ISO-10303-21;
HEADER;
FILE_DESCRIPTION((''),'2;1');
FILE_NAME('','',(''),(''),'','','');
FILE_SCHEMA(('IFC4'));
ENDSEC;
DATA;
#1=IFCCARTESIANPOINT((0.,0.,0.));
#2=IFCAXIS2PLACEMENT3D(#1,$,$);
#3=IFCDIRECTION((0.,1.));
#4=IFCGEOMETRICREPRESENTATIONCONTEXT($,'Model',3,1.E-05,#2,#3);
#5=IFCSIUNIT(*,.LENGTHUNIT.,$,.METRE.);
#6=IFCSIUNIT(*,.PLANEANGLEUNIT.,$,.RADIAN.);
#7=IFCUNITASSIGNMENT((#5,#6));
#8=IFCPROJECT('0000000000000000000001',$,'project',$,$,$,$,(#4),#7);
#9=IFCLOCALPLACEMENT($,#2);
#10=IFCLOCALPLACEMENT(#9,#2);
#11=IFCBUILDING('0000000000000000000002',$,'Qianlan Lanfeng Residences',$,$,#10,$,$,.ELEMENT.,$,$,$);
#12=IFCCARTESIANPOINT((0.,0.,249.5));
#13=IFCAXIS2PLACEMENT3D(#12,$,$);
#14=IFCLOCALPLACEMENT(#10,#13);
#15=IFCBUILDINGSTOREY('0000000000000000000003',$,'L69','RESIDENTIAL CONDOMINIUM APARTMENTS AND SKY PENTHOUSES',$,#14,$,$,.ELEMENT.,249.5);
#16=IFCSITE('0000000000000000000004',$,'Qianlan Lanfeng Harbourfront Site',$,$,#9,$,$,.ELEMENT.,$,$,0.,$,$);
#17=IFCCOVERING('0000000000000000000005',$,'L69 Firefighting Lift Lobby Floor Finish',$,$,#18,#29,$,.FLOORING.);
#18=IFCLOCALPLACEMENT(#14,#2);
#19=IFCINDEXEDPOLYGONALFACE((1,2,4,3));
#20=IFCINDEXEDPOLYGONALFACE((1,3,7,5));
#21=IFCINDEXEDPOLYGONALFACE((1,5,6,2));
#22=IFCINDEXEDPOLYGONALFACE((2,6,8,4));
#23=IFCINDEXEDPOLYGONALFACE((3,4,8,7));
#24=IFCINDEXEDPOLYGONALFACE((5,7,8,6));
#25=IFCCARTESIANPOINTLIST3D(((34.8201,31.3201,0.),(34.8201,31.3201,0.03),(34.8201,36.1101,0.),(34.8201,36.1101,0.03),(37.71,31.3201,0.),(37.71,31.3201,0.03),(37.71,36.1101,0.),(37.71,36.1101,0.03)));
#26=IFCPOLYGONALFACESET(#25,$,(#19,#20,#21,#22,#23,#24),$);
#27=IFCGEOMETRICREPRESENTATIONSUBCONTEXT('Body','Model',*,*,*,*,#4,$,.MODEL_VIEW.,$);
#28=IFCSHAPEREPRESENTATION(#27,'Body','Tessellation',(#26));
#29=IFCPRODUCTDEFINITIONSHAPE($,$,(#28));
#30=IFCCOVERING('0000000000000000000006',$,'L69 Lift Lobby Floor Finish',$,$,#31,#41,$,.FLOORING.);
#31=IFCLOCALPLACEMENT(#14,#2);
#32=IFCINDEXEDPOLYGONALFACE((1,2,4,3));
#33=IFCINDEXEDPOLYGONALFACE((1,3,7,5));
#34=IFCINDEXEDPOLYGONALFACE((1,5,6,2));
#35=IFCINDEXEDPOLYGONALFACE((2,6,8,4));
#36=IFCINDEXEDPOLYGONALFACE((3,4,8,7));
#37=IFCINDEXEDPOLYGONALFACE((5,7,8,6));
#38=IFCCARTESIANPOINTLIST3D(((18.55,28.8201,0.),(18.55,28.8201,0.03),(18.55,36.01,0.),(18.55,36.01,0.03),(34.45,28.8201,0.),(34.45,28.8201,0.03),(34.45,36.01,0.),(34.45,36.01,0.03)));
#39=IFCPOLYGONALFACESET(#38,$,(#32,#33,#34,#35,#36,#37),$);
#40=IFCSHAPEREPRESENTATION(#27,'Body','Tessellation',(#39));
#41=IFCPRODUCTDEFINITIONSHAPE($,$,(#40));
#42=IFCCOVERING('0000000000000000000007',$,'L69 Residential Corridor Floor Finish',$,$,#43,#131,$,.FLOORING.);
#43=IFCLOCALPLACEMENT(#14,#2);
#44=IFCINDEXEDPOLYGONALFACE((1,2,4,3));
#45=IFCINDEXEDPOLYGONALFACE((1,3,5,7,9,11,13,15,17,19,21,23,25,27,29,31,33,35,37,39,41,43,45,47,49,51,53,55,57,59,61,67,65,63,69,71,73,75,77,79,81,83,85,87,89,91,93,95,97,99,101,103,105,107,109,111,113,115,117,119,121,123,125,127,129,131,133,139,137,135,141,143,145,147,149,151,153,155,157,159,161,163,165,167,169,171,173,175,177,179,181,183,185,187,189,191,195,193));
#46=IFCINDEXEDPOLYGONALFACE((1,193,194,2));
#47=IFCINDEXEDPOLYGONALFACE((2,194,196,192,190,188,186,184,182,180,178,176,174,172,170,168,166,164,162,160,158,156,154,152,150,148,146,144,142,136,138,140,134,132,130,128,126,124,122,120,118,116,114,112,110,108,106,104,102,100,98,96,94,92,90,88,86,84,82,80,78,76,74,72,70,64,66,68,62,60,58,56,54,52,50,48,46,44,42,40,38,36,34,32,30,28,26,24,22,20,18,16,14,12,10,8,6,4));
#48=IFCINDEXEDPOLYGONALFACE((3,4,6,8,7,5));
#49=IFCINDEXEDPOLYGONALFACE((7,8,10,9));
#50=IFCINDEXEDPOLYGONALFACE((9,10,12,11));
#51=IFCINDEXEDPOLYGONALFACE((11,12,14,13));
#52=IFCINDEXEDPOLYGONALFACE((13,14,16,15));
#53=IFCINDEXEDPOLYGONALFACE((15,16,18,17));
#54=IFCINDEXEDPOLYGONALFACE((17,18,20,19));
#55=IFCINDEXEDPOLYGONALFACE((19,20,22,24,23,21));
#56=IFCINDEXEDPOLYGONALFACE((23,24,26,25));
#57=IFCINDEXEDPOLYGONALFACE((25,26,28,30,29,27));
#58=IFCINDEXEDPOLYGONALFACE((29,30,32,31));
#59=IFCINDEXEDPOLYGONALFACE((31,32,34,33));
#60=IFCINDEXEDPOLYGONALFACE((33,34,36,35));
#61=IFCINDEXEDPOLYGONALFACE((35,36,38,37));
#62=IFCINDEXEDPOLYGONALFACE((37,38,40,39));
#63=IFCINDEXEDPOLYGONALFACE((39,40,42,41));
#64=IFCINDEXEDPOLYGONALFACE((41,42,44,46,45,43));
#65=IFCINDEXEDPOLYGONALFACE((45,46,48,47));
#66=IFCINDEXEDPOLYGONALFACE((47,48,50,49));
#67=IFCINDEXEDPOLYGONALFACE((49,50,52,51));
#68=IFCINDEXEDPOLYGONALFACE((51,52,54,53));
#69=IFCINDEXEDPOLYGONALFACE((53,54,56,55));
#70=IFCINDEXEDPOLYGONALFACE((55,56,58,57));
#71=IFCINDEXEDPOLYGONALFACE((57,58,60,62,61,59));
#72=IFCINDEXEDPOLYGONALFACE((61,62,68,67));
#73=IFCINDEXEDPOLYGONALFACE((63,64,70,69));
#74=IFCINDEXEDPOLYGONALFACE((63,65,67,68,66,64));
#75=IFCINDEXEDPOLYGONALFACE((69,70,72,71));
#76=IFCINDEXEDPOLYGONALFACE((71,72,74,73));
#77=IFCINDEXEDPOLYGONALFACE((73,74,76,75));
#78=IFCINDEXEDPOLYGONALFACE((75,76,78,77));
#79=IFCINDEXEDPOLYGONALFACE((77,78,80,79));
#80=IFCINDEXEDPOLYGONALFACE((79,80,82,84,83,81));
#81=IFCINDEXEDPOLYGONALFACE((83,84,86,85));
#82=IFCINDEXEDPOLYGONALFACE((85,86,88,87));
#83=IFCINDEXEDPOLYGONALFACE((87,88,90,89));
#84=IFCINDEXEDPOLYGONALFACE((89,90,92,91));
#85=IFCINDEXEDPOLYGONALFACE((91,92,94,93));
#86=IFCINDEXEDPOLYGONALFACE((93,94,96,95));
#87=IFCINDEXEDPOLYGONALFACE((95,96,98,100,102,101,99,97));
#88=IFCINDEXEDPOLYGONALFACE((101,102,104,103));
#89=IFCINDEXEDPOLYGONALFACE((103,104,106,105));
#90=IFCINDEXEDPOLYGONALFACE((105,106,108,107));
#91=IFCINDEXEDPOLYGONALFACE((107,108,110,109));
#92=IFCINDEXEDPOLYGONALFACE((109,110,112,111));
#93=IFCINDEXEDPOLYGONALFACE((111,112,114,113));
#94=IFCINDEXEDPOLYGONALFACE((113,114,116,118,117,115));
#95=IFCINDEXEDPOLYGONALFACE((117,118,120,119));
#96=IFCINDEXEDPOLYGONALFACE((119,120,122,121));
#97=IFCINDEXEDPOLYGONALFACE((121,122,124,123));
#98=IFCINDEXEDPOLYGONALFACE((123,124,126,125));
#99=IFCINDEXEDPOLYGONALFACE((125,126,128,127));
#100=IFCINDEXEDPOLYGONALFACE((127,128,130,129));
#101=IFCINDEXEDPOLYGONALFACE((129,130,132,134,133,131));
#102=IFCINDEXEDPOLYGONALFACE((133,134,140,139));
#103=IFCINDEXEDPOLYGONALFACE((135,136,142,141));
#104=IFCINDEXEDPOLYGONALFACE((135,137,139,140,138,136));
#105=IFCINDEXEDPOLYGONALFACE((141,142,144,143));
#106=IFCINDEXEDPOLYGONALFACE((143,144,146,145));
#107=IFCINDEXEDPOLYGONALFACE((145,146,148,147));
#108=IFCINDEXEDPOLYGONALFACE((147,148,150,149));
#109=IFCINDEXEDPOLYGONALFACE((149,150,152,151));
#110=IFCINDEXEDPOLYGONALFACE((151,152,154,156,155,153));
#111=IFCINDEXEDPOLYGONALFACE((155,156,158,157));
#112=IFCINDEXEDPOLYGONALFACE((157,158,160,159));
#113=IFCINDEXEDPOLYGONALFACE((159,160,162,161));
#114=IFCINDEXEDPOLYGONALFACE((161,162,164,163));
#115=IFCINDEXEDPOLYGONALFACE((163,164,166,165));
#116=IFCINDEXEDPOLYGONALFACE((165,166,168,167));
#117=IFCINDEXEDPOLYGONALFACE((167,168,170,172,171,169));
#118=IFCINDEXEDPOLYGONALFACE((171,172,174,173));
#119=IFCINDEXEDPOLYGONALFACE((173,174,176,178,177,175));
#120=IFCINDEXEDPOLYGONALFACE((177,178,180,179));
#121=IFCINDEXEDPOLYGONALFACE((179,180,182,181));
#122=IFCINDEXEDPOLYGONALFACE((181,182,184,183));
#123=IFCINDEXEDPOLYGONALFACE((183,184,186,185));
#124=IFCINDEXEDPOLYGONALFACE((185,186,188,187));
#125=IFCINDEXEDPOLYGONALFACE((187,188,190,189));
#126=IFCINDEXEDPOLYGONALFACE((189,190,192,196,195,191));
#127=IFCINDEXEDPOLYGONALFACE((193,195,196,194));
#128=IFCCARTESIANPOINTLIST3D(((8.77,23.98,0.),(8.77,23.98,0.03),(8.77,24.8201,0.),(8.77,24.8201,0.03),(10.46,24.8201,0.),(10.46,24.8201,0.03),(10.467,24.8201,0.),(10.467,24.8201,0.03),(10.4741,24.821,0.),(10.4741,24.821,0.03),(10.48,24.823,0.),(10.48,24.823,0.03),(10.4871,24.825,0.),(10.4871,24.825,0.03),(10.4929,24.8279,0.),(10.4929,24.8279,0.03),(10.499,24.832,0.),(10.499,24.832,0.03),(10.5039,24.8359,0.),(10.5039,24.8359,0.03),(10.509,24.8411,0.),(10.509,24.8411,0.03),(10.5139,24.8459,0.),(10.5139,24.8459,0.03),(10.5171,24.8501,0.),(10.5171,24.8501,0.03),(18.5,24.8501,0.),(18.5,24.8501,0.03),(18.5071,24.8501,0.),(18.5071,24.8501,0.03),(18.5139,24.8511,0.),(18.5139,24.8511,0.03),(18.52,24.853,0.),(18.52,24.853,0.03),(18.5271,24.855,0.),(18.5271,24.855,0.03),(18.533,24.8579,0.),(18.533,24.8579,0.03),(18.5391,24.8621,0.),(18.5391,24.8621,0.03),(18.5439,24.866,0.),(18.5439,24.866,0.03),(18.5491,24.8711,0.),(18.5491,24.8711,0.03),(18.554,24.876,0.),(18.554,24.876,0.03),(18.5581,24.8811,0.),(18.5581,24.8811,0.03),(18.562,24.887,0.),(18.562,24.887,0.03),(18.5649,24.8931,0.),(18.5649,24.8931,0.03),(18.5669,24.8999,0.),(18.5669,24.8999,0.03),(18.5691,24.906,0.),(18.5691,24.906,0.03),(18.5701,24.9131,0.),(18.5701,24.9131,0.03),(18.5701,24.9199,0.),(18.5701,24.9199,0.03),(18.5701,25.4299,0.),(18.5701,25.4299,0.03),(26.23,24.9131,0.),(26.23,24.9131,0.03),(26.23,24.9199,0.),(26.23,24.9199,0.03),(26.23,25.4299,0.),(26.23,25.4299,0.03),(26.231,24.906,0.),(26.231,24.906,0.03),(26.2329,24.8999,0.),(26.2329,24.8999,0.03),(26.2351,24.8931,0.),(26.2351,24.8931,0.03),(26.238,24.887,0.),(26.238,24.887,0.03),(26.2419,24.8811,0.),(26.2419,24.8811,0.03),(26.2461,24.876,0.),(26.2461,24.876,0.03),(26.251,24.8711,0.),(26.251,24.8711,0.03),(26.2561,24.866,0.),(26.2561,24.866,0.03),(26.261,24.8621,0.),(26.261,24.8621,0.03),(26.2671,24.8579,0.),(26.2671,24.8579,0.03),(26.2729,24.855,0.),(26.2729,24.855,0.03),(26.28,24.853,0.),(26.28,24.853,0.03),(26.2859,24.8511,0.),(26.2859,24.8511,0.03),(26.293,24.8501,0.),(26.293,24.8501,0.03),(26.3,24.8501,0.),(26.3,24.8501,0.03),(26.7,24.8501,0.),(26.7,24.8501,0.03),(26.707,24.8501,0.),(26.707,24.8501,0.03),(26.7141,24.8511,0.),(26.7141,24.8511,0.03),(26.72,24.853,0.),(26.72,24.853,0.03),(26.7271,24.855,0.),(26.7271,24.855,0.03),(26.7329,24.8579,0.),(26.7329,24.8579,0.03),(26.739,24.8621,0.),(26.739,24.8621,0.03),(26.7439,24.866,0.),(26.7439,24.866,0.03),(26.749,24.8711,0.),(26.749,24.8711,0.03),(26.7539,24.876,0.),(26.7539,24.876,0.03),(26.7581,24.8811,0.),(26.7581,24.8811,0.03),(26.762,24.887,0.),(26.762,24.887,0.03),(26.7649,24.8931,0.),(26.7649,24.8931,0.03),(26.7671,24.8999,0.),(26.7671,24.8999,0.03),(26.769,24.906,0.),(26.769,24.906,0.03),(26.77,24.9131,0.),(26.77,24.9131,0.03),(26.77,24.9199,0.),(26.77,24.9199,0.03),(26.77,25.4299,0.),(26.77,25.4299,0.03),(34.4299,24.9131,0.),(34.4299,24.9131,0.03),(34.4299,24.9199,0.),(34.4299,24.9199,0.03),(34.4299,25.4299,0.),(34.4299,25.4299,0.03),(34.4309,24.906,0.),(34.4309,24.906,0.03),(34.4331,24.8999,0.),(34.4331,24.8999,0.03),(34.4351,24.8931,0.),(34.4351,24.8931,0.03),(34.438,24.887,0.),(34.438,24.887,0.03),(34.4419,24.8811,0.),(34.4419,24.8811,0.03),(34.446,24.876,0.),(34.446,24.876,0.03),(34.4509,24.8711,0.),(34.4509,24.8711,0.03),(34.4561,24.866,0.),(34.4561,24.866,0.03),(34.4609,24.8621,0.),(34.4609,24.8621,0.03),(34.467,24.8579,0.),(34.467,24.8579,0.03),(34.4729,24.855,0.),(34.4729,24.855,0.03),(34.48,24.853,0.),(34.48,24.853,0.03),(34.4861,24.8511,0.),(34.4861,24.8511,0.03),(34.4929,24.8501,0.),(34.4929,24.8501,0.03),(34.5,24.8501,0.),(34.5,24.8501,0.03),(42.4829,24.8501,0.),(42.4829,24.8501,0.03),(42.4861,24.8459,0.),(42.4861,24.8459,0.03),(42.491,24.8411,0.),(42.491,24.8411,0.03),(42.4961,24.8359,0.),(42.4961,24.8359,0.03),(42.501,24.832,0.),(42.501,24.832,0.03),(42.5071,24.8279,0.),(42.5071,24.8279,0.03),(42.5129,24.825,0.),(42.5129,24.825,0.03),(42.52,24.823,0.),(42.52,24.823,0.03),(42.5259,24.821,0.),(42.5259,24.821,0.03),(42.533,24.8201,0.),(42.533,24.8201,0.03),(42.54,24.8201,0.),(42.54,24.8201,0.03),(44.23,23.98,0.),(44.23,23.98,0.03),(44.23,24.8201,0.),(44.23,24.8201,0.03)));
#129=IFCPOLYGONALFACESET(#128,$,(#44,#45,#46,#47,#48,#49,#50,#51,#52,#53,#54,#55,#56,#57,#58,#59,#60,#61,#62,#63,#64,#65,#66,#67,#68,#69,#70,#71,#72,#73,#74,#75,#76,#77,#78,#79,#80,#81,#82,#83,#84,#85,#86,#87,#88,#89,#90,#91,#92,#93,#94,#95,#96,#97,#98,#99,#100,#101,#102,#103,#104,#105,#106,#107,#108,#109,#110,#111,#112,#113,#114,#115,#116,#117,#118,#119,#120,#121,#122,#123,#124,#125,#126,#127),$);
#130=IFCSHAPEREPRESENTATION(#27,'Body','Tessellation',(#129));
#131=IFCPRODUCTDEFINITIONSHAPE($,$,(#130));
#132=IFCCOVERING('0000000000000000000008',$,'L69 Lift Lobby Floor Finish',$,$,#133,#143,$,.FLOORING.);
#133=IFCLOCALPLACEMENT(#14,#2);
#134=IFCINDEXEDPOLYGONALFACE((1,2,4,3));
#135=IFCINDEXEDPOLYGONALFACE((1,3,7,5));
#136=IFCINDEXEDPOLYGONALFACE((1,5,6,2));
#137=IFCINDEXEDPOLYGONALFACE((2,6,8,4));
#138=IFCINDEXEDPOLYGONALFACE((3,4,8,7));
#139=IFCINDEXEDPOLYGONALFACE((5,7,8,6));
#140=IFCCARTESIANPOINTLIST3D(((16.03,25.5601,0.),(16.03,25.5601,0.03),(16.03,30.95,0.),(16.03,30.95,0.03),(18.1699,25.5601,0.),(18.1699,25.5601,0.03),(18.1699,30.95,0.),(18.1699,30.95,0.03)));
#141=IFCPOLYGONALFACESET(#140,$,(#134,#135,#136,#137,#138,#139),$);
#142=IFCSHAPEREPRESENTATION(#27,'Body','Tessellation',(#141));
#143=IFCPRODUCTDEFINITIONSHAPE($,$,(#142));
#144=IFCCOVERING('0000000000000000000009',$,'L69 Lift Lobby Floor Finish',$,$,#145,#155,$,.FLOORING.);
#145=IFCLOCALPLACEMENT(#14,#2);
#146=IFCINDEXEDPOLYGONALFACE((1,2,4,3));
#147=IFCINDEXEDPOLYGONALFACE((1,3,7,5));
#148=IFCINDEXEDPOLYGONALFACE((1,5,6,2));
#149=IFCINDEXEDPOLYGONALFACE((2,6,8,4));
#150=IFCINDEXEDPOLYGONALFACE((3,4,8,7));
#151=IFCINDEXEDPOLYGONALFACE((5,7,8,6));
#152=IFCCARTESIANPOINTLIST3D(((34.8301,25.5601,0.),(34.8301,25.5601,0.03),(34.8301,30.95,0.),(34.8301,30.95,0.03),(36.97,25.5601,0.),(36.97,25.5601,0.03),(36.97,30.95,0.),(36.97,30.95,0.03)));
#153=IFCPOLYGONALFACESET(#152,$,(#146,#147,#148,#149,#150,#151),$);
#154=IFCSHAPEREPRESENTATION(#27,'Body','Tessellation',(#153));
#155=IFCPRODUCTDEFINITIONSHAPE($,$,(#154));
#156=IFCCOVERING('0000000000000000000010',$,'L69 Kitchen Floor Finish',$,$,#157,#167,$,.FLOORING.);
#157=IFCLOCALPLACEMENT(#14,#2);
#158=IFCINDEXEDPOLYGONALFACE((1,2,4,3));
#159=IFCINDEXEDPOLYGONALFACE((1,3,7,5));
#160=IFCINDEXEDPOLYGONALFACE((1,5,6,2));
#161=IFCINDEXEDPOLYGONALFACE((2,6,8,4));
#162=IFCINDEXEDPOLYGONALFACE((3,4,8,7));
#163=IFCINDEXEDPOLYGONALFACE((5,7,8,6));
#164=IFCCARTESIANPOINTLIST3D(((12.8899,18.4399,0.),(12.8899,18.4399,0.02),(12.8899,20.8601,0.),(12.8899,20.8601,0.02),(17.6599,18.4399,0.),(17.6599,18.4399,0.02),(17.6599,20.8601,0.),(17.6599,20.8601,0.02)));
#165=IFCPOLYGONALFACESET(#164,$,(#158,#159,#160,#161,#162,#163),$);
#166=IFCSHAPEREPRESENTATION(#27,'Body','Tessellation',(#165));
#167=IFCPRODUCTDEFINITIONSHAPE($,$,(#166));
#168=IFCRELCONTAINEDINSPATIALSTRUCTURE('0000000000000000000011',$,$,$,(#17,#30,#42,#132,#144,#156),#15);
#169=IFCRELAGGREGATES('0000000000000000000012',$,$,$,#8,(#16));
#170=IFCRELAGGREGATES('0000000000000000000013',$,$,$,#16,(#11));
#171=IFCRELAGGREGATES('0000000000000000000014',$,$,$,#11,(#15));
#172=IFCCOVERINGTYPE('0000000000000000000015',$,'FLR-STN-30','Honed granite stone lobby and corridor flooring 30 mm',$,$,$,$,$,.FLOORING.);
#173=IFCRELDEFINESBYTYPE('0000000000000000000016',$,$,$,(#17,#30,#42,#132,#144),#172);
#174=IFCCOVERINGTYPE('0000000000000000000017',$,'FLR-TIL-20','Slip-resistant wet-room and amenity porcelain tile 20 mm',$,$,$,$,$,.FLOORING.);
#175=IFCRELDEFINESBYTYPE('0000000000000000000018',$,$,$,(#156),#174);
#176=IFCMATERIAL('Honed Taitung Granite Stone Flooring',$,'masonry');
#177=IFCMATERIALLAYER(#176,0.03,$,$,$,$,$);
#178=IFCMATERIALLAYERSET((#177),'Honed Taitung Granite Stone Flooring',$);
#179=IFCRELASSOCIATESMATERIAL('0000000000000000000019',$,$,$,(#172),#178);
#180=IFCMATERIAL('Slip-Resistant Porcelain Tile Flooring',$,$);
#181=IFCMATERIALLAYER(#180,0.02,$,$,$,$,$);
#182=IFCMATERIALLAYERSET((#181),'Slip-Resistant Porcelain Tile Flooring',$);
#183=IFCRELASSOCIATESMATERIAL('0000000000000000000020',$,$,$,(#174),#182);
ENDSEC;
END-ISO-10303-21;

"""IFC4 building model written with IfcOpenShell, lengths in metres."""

from ifc_helpers import new_model, si_unit, direction, frame, origin, place, context, subcontext, project, spatial, polyline, outline, extrude, material, layer, layer_set, type_object, element, save


model = new_model("IFC4")

# Units and contexts
model_context = context("Model", 3, precision=1e-05, world=origin(), true_north=direction((0.0, 1.0)))
body_context = subcontext(model_context, "Body", "Model", "MODEL_VIEW")
ifc_project = project(units=[si_unit("LENGTHUNIT", "METRE"), si_unit("PLANEANGLEUNIT", "RADIAN")], contexts=[model_context])

# Site, building, storey
site_placement = place(None, origin())
site = spatial("IfcSite", under=ifc_project, at=site_placement, Name="Qianlan Lanfeng Harbourfront Site", CompositionType="ELEMENT", RefElevation=0.0)
building_placement = place(site_placement, origin())
building = spatial("IfcBuilding", under=site, at=building_placement, Name="Qianlan Lanfeng Residences", CompositionType="ELEMENT")
storey_placement = place(building_placement, frame((0.0, 0.0, 249.5)))
storey = spatial("IfcBuildingStorey", under=building, at=storey_placement, Name="L69", Description="RESIDENTIAL CONDOMINIUM APARTMENTS AND SKY PENTHOUSES", CompositionType="ELEMENT", Elevation=249.5)

# Coverings
ifc_material_1 = material(Name="Honed Taitung Granite Stone Flooring", Category="masonry")
ifc_layer_1 = layer(ifc_material_1, 0.03)
ifc_layer_set_1 = layer_set([ifc_layer_1], Name="Honed Taitung Granite Stone Flooring")
covering_type_1 = type_object("IfcCoveringType", Name="FLR-STN-30", Description="Honed granite stone lobby and corridor flooring 30 mm", PredefinedType="FLOORING", material=ifc_layer_set_1)
covering_1_placement = place(storey_placement, origin())
element("IfcCovering", 1, at=covering_1_placement, inside=storey, type_object=covering_type_1, Name="L69 Firefighting Lift Lobby Floor Finish", PredefinedType="FLOORING", context=body_context, shape_type="SweptSolid", body=[
    extrude(outline(polyline([(34.8201, 31.3201), (37.71, 31.3201), (37.71, 36.1101), (34.8201, 36.1101), (34.8201, 31.3201)])), origin(), (0.0, 0.0, 1.0), 0.03),
])
covering_2_placement = place(storey_placement, origin())
element("IfcCovering", 2, at=covering_2_placement, inside=storey, type_object=covering_type_1, Name="L69 Lift Lobby Floor Finish", PredefinedType="FLOORING", context=body_context, shape_type="SweptSolid", body=[
    extrude(outline(polyline([(18.55, 28.8201), (34.45, 28.8201), (34.45, 36.01), (18.55, 36.01), (18.55, 28.8201)])), origin(), (0.0, 0.0, 1.0), 0.03),
])
covering_3_placement = place(storey_placement, origin())
element("IfcCovering", 3, at=covering_3_placement, inside=storey, type_object=covering_type_1, Name="L69 Residential Corridor Floor Finish", PredefinedType="FLOORING", context=body_context, shape_type="SweptSolid", body=[
    extrude(outline(polyline([(8.77, 23.98), (44.23, 23.98), (44.23, 24.8201), (42.54, 24.8201), (42.533, 24.8201), (42.5259, 24.821), (42.52, 24.823), (42.5129, 24.825), (42.5071, 24.8279), (42.501, 24.832), (42.4961, 24.8359), (42.491, 24.8411), (42.4861, 24.8459), (42.4829, 24.8501), (34.5, 24.8501), (34.4929, 24.8501), (34.4861, 24.8511), (34.48, 24.853), (34.4729, 24.855), (34.467, 24.8579), (34.4609, 24.8621), (34.4561, 24.866), (34.4509, 24.8711), (34.446, 24.876), (34.4419, 24.8811), (34.438, 24.887), (34.4351, 24.8931), (34.4331, 24.8999), (34.4309, 24.906), (34.4299, 24.9131), (34.4299, 24.9199), (34.4299, 25.4299), (26.77, 25.4299), (26.77, 24.9199), (26.77, 24.9131), (26.769, 24.906), (26.7671, 24.8999), (26.7649, 24.8931), (26.762, 24.887), (26.7581, 24.8811), (26.7539, 24.876), (26.749, 24.8711), (26.7439, 24.866), (26.739, 24.8621), (26.7329, 24.8579), (26.7271, 24.855), (26.72, 24.853), (26.7141, 24.8511), (26.707, 24.8501), (26.7, 24.8501), (26.3, 24.8501), (26.293, 24.8501), (26.2859, 24.8511), (26.28, 24.853), (26.2729, 24.855), (26.2671, 24.8579), (26.261, 24.8621), (26.2561, 24.866), (26.251, 24.8711), (26.2461, 24.876), (26.2419, 24.8811), (26.238, 24.887), (26.2351, 24.8931), (26.2329, 24.8999), (26.231, 24.906), (26.23, 24.9131), (26.23, 24.9199), (26.23, 25.4299), (18.5701, 25.4299), (18.5701, 24.9199), (18.5701, 24.9131), (18.5691, 24.906), (18.5669, 24.8999), (18.5649, 24.8931), (18.562, 24.887), (18.5581, 24.8811), (18.554, 24.876), (18.5491, 24.8711), (18.5439, 24.866), (18.5391, 24.8621), (18.533, 24.8579), (18.5271, 24.855), (18.52, 24.853), (18.5139, 24.8511), (18.5071, 24.8501), (18.5, 24.8501), (10.5171, 24.8501), (10.5139, 24.8459), (10.509, 24.8411), (10.5039, 24.8359), (10.499, 24.832), (10.4929, 24.8279), (10.4871, 24.825), (10.48, 24.823), (10.4741, 24.821), (10.467, 24.8201), (10.46, 24.8201), (8.77, 24.8201), (8.77, 23.98)])), origin(), (0.0, 0.0, 1.0), 0.03),
])
covering_4_placement = place(storey_placement, origin())
element("IfcCovering", 4, at=covering_4_placement, inside=storey, type_object=covering_type_1, Name="L69 Lift Lobby Floor Finish", PredefinedType="FLOORING", context=body_context, shape_type="SweptSolid", body=[
    extrude(outline(polyline([(16.03, 25.5601), (18.1699, 25.5601), (18.1699, 30.95), (16.03, 30.95), (16.03, 25.5601)])), origin(), (0.0, 0.0, 1.0), 0.03),
])
covering_5_placement = place(storey_placement, origin())
element("IfcCovering", 5, at=covering_5_placement, inside=storey, type_object=covering_type_1, Name="L69 Lift Lobby Floor Finish", PredefinedType="FLOORING", context=body_context, shape_type="SweptSolid", body=[
    extrude(outline(polyline([(34.8301, 25.5601), (36.97, 25.5601), (36.97, 30.95), (34.8301, 30.95), (34.8301, 25.5601)])), origin(), (0.0, 0.0, 1.0), 0.03),
])
ifc_material_2 = material(Name="Slip-Resistant Porcelain Tile Flooring")
ifc_layer_2 = layer(ifc_material_2, 0.02)
ifc_layer_set_2 = layer_set([ifc_layer_2], Name="Slip-Resistant Porcelain Tile Flooring")
covering_type_2 = type_object("IfcCoveringType", Name="FLR-TIL-20", Description="Slip-resistant wet-room and amenity porcelain tile 20 mm", PredefinedType="FLOORING", material=ifc_layer_set_2)
covering_6_placement = place(storey_placement, origin())
element("IfcCovering", 6, at=covering_6_placement, inside=storey, type_object=covering_type_2, Name="L69 Kitchen Floor Finish", PredefinedType="FLOORING", context=body_context, shape_type="SweptSolid", body=[
    extrude(outline(polyline([(12.8899, 18.4399), (17.6599, 18.4399), (17.6599, 20.8601), (12.8899, 20.8601), (12.8899, 18.4399)])), origin(), (0.0, 0.0, 1.0), 0.02),
])

save(model, "model.ifc")
